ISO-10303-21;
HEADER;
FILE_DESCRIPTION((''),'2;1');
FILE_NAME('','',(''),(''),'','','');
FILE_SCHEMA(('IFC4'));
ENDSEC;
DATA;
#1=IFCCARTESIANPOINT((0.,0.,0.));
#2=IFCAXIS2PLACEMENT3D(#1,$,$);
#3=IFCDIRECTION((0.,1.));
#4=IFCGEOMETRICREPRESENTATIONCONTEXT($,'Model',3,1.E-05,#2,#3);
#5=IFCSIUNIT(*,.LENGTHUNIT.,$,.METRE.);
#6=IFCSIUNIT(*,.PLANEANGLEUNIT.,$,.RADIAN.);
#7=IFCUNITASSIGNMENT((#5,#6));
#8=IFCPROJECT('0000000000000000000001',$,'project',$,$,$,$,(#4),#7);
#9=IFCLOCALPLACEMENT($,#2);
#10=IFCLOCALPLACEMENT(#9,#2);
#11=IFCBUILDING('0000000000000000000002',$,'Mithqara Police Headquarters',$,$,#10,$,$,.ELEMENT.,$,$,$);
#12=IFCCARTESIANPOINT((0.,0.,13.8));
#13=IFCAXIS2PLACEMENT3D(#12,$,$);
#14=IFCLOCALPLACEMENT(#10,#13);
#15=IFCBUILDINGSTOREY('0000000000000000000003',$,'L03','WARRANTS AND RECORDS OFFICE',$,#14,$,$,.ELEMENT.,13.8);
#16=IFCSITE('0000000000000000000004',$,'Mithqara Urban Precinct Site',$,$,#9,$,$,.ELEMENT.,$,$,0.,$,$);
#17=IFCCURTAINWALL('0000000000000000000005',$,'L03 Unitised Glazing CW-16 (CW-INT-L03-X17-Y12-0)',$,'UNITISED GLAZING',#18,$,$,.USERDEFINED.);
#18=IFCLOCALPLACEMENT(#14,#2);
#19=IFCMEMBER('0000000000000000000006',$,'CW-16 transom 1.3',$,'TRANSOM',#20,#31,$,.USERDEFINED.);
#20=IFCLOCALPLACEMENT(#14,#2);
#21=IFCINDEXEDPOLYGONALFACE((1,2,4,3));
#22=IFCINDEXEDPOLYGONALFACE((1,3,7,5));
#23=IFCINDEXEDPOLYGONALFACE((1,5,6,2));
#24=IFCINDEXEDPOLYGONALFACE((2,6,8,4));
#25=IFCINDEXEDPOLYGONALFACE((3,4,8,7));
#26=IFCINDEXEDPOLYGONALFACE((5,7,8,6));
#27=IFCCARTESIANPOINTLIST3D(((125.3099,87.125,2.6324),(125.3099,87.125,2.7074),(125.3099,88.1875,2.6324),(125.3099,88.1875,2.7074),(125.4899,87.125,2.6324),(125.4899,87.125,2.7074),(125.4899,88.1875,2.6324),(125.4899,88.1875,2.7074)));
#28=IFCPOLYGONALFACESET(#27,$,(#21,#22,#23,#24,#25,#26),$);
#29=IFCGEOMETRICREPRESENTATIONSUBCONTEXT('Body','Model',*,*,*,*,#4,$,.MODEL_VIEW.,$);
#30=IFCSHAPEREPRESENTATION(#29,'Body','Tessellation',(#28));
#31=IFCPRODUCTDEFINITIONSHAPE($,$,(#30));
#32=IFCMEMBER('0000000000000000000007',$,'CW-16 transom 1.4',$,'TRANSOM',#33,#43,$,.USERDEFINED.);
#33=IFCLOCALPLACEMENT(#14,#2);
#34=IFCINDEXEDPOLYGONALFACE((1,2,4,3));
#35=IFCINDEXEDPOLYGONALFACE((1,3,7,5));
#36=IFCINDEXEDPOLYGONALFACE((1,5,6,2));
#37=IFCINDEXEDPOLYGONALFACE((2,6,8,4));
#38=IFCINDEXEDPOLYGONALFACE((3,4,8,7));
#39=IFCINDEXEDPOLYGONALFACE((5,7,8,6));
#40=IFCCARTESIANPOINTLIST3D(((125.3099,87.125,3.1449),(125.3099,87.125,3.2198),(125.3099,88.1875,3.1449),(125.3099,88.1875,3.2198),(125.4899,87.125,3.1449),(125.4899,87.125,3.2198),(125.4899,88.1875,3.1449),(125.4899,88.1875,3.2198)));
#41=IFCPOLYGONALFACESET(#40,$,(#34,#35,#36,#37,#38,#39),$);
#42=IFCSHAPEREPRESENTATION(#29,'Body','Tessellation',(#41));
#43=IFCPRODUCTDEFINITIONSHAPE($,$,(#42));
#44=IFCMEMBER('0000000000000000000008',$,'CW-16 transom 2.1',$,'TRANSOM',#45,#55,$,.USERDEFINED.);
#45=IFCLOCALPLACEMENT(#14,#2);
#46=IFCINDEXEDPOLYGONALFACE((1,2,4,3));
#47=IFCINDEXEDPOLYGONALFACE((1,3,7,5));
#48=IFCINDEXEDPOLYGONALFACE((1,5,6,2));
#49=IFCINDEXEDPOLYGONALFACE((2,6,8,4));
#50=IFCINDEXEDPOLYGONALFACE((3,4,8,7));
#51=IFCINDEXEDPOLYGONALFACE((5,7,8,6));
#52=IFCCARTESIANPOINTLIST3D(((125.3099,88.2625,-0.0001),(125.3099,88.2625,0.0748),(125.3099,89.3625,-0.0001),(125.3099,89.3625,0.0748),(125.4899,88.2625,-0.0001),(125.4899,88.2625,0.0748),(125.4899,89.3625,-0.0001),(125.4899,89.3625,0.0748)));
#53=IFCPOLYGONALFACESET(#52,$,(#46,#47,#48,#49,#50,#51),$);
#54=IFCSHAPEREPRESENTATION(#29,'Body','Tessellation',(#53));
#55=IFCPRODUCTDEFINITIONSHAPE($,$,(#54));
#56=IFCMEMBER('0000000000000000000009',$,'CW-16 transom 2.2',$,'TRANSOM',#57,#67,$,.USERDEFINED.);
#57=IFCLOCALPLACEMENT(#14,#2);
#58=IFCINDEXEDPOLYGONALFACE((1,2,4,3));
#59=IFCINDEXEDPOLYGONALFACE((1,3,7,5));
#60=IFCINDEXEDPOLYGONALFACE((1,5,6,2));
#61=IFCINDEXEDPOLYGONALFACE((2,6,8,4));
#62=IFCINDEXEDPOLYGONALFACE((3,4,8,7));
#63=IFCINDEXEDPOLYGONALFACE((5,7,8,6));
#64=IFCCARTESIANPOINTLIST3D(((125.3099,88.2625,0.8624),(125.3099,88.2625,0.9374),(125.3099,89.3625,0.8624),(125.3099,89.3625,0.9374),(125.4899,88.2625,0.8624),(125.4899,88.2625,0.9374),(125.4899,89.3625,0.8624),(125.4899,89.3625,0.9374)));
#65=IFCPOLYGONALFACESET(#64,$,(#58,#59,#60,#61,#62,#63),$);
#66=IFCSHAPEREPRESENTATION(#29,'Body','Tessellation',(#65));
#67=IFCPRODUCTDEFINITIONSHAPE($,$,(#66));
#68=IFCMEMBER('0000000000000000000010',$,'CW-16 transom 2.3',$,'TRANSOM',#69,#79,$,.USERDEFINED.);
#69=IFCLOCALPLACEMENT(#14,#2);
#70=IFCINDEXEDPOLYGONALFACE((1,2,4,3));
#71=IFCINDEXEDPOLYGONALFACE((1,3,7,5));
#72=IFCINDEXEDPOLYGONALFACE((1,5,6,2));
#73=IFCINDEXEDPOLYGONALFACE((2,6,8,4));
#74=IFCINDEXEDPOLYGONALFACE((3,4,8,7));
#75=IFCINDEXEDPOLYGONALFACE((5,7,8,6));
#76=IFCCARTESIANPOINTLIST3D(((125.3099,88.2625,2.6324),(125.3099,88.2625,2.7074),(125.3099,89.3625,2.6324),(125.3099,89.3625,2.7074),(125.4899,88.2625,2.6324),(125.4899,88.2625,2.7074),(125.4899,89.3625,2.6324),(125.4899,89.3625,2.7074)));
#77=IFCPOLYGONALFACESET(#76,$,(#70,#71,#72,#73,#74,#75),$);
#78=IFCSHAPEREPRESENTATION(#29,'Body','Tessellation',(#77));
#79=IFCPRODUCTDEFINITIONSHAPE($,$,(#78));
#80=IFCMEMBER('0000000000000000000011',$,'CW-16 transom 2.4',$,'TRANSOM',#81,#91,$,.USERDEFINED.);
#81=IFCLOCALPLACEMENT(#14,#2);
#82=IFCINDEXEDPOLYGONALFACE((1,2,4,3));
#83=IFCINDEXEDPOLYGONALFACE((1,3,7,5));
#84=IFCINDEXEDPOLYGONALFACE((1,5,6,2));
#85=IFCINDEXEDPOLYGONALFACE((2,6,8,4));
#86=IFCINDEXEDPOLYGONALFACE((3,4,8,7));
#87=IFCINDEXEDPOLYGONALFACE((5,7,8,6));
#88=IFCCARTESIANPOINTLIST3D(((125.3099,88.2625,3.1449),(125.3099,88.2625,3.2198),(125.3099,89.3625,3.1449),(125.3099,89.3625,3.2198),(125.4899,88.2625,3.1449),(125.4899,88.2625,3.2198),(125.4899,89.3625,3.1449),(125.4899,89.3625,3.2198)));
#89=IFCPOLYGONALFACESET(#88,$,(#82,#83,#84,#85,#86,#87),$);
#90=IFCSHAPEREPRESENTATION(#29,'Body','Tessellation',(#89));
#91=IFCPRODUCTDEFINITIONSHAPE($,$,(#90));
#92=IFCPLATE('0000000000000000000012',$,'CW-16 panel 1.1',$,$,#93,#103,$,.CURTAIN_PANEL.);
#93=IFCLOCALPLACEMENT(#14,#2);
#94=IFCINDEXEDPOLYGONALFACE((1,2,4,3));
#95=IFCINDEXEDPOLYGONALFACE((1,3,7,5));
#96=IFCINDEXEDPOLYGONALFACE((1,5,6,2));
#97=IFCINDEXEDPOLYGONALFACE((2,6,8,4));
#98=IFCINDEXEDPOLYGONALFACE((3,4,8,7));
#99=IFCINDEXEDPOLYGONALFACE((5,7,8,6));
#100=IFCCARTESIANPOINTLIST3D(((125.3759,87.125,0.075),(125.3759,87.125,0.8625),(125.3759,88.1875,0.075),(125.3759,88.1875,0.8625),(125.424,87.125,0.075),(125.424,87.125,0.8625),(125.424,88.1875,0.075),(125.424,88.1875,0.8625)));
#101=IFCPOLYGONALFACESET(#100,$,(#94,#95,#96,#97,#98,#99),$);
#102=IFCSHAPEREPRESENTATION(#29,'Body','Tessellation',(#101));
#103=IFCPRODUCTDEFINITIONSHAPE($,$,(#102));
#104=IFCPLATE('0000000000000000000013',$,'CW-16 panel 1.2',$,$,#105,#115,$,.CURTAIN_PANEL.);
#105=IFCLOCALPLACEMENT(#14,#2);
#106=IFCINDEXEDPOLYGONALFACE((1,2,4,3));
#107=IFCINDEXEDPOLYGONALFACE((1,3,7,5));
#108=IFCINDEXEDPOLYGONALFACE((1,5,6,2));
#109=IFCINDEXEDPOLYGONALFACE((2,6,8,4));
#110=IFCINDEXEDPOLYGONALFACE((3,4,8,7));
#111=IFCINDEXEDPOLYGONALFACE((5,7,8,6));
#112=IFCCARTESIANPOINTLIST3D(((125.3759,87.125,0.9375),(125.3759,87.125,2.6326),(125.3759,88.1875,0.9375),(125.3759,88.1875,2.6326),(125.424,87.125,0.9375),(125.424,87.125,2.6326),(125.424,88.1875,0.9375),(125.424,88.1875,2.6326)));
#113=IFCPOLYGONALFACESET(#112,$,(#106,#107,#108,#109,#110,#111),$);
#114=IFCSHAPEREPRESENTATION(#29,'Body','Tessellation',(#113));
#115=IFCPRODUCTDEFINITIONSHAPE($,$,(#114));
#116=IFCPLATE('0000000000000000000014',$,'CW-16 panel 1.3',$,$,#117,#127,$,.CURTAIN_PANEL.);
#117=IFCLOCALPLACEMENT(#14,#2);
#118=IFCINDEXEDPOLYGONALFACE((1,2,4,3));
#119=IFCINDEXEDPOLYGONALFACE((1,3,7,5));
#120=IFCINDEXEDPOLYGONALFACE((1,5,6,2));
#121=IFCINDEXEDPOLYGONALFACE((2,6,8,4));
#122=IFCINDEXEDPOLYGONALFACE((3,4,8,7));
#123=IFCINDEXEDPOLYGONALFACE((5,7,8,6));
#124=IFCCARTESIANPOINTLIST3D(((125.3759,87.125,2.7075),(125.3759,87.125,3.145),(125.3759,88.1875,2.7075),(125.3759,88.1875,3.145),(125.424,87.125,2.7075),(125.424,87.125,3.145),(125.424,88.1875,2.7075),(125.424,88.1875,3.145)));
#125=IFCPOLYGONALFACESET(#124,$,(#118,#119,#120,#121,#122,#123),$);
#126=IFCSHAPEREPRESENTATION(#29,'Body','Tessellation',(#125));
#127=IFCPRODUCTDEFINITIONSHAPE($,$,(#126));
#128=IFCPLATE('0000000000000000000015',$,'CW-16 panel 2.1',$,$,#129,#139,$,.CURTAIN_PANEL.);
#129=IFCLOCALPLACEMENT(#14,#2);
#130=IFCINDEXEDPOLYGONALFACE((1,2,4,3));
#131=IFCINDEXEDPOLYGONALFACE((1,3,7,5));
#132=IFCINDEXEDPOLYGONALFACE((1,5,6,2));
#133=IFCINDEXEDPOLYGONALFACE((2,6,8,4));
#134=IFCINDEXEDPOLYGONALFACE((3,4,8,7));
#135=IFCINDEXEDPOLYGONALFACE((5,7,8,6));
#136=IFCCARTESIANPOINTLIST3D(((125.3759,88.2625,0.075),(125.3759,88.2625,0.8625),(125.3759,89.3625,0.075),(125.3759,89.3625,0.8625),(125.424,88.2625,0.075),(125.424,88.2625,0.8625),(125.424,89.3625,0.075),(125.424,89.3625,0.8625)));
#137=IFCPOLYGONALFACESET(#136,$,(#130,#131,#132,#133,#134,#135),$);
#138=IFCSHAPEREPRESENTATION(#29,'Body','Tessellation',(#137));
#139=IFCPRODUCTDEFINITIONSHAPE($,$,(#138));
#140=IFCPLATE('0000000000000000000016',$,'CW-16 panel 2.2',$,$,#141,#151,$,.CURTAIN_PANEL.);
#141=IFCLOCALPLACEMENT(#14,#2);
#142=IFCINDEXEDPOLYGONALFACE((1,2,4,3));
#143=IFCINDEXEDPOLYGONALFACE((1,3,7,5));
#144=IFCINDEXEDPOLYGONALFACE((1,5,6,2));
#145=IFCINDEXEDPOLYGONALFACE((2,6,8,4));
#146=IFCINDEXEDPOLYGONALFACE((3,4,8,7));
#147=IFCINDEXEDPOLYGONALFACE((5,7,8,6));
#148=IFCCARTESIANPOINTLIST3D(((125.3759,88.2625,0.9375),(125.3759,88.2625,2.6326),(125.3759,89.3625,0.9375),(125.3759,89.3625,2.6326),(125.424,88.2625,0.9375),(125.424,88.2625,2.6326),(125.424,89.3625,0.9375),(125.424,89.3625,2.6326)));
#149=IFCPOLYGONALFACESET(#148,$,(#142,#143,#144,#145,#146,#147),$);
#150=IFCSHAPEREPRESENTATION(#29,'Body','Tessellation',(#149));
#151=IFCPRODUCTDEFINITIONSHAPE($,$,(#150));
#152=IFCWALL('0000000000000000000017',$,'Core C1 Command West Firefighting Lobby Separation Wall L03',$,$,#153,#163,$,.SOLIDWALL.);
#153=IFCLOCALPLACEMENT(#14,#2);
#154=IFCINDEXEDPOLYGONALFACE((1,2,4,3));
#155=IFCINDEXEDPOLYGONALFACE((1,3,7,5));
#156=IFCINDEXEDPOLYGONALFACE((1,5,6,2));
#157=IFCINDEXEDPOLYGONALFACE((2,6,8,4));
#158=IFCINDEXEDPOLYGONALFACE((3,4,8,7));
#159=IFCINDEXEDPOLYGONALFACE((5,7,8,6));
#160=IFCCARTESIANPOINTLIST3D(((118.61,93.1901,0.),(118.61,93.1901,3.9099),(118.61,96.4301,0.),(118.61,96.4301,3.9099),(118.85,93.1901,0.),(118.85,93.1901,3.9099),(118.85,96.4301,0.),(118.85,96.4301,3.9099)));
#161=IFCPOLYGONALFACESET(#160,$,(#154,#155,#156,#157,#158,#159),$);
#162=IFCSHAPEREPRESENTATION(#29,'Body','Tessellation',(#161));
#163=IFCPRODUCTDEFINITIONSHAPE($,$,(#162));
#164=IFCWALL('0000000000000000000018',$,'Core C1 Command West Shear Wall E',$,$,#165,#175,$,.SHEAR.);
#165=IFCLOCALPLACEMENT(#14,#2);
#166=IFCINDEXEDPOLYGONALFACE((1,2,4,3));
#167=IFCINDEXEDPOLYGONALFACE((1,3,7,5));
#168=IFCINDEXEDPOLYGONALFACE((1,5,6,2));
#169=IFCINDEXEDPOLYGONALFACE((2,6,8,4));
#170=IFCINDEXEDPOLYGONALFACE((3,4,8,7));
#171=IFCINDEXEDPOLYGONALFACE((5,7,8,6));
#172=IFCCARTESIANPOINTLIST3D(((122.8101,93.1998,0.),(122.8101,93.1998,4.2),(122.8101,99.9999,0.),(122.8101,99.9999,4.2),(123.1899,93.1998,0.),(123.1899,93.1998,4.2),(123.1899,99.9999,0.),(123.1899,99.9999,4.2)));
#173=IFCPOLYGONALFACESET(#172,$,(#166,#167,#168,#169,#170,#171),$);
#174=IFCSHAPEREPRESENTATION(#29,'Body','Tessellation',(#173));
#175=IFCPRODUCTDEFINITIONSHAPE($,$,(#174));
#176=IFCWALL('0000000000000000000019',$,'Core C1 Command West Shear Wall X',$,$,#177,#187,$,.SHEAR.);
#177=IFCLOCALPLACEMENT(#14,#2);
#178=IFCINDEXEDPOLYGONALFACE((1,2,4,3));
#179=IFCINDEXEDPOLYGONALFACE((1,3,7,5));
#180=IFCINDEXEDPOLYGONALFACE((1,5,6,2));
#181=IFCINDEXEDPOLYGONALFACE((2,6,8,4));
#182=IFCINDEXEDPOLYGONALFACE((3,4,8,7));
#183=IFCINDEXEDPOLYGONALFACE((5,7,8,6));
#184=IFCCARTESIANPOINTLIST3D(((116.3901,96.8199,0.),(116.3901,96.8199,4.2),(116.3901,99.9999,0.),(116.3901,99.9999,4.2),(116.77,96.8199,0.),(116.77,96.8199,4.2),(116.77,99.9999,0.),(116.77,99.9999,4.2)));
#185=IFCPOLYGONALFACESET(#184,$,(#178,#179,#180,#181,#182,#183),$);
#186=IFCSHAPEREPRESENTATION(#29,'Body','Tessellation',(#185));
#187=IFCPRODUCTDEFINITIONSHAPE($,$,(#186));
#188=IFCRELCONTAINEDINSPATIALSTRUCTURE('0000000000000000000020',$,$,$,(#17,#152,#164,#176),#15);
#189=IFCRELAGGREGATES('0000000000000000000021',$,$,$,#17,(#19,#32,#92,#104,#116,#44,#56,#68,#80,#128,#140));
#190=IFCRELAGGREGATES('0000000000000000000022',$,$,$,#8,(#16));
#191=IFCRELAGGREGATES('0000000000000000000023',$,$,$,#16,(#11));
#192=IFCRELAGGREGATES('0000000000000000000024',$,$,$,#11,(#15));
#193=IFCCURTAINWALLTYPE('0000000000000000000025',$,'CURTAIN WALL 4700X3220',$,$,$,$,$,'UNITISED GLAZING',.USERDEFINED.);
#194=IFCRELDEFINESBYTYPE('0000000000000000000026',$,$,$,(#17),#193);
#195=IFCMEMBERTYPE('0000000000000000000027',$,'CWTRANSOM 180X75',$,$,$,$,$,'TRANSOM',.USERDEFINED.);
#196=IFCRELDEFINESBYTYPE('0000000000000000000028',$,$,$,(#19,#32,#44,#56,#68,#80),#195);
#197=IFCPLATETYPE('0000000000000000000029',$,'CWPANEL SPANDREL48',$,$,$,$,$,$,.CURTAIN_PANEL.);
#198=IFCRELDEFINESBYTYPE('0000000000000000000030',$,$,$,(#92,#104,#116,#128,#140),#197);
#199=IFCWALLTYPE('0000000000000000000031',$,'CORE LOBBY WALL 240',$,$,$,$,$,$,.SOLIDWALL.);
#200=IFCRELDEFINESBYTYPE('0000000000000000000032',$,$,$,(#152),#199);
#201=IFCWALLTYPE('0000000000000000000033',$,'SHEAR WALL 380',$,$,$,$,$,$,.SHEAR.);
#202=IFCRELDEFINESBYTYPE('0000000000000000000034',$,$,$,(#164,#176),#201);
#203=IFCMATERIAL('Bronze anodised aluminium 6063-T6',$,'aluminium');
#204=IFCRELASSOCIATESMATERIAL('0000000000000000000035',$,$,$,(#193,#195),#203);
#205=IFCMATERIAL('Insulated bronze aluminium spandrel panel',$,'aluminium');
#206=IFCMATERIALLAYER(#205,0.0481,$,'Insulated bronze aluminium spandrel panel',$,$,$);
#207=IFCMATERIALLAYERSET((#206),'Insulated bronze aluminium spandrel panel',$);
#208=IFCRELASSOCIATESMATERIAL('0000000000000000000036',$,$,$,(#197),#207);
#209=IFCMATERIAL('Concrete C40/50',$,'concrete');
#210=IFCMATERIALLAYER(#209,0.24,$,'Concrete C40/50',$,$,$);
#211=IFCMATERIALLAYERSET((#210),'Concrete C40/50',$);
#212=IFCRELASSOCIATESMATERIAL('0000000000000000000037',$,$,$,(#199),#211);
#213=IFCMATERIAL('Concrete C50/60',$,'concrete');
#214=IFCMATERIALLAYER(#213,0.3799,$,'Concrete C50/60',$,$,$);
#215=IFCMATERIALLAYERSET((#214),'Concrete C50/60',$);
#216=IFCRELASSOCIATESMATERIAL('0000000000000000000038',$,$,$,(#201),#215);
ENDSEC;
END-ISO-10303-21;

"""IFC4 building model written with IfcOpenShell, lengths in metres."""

from ifc_helpers import new_model, si_unit, direction, frame, frame_2d, origin, origin_2d, place, context, subcontext, project, spatial, rectangle, extrude, material, layer, layer_set, material_profile, profile_set, type_object, element, aggregate, save


model = new_model("IFC4")

# Units and contexts
model_context = context("Model", 3, precision=1e-05, world=origin(), true_north=direction((0.0, 1.0)))
body_context = subcontext(model_context, "Body", "Model", "MODEL_VIEW")
ifc_project = project(units=[si_unit("LENGTHUNIT", "METRE"), si_unit("PLANEANGLEUNIT", "RADIAN")], contexts=[model_context])

# Site, building, storey
site_placement = place(None, origin())
site = spatial("IfcSite", under=ifc_project, at=site_placement, Name="Mithqara Urban Precinct Site", CompositionType="ELEMENT", RefElevation=0.0)
building_placement = place(site_placement, origin())
building = spatial("IfcBuilding", under=site, at=building_placement, Name="Mithqara Police Headquarters", CompositionType="ELEMENT")
storey_placement = place(building_placement, frame((0.0, 0.0, 13.8)))
storey = spatial("IfcBuildingStorey", under=building, at=storey_placement, Name="L03", Description="WARRANTS AND RECORDS OFFICE", CompositionType="ELEMENT", Elevation=13.8)

# Shared definitions
ifc_material_1 = material(Name="Concrete C40/50", Category="concrete")
ifc_material_2 = material(Name="Concrete C50/60", Category="concrete")

# Curtain wall, members, plates
ifc_material_3 = material(Name="Bronze anodised aluminium 6063-T6", Category="aluminium")
curtain_wall_type = type_object("IfcCurtainWallType", Name="CURTAIN WALL 4700X3220", ElementType="UNITISED GLAZING", PredefinedType="USERDEFINED", material=ifc_material_3)
curtain_wall_placement = place(storey_placement, origin())
curtain_wall = element("IfcCurtainWall", 1, at=curtain_wall_placement, inside=storey, type_object=curtain_wall_type, Name="L03 Unitised Glazing CW-16 (CW-INT-L03-X17-Y12-0)", ObjectType="UNITISED GLAZING", PredefinedType="USERDEFINED")
ifc_material_profile_1 = material_profile(ifc_material_3, rectangle(XDim=0.1799, YDim=0.075, at=origin_2d()), Name="CWT 180x75")
ifc_profile_set_1 = profile_set([ifc_material_profile_1], Name="Bronze anodised aluminium 6063-T6")
member_type_1 = type_object("IfcMemberType", Name="CWTRANSOM 180X75", ElementType="TRANSOM", PredefinedType="USERDEFINED", material=ifc_profile_set_1)
member_1_placement = place(storey_placement, frame((125.3999, 87.125, 2.6699), z_axis=(0.0, 1.0, 0.0), x_axis=(-1.0, 0.0, 0.0)))
member_1 = element("IfcMember", 2, at=member_1_placement, type_object=member_type_1, Name="CW-16 transom 1.3", ObjectType="TRANSOM", PredefinedType="USERDEFINED", context=body_context, shape_type="SweptSolid", body=[
    extrude(rectangle(XDim=0.1799, YDim=0.075, at=origin_2d()), origin(), (0.0, 0.0, 1.0), 1.0625),
])
member_2_placement = place(storey_placement, frame((125.3999, 87.125, 3.1824), z_axis=(0.0, 1.0, 0.0), x_axis=(-1.0, 0.0, 0.0)))
member_2 = element("IfcMember", 3, at=member_2_placement, type_object=member_type_1, Name="CW-16 transom 1.4", ObjectType="TRANSOM", PredefinedType="USERDEFINED", context=body_context, shape_type="SweptSolid", body=[
    extrude(rectangle(XDim=0.1799, YDim=0.075, at=origin_2d()), origin(), (0.0, 0.0, 1.0), 1.0625),
])
member_3_placement = place(storey_placement, frame((125.3999, 88.2625, 0.0374), z_axis=(0.0, 1.0, 0.0), x_axis=(-1.0, 0.0, 0.0)))
member_3 = element("IfcMember", 4, at=member_3_placement, type_object=member_type_1, Name="CW-16 transom 2.1", ObjectType="TRANSOM", PredefinedType="USERDEFINED", context=body_context, shape_type="SweptSolid", body=[
    extrude(rectangle(XDim=0.1799, YDim=0.075, at=origin_2d()), origin(), (0.0, 0.0, 1.0), 1.1001),
])
member_4_placement = place(storey_placement, frame((125.3999, 88.2625, 0.8999), z_axis=(0.0, 1.0, 0.0), x_axis=(-1.0, 0.0, 0.0)))
member_4 = element("IfcMember", 5, at=member_4_placement, type_object=member_type_1, Name="CW-16 transom 2.2", ObjectType="TRANSOM", PredefinedType="USERDEFINED", context=body_context, shape_type="SweptSolid", body=[
    extrude(rectangle(XDim=0.1799, YDim=0.075, at=origin_2d()), origin(), (0.0, 0.0, 1.0), 1.1001),
])
member_5_placement = place(storey_placement, frame((125.3999, 88.2625, 2.6699), z_axis=(0.0, 1.0, 0.0), x_axis=(-1.0, 0.0, 0.0)))
member_5 = element("IfcMember", 6, at=member_5_placement, type_object=member_type_1, Name="CW-16 transom 2.3", ObjectType="TRANSOM", PredefinedType="USERDEFINED", context=body_context, shape_type="SweptSolid", body=[
    extrude(rectangle(XDim=0.1799, YDim=0.075, at=origin_2d()), origin(), (0.0, 0.0, 1.0), 1.1001),
])
member_6_placement = place(storey_placement, frame((125.3999, 88.2625, 3.1824), z_axis=(0.0, 1.0, 0.0), x_axis=(-1.0, 0.0, 0.0)))
member_6 = element("IfcMember", 7, at=member_6_placement, type_object=member_type_1, Name="CW-16 transom 2.4", ObjectType="TRANSOM", PredefinedType="USERDEFINED", context=body_context, shape_type="SweptSolid", body=[
    extrude(rectangle(XDim=0.1799, YDim=0.075, at=origin_2d()), origin(), (0.0, 0.0, 1.0), 1.1001),
])
ifc_material_4 = material(Name="Insulated bronze aluminium spandrel panel", Category="aluminium")
ifc_layer_1 = layer(ifc_material_4, 0.0481, Name="Insulated bronze aluminium spandrel panel")
ifc_layer_set_1 = layer_set([ifc_layer_1], Name="Insulated bronze aluminium spandrel panel")
plate_type = type_object("IfcPlateType", Name="CWPANEL SPANDREL48", PredefinedType="CURTAIN_PANEL", material=ifc_layer_set_1)
plate_1_placement = place(storey_placement, frame((125.3999, 87.6562, 0.075), z_axis=(0.0, 0.0, 1.0), x_axis=(0.0, 1.0, 0.0)))
plate_1 = element("IfcPlate", 8, at=plate_1_placement, type_object=plate_type, Name="CW-16 panel 1.1", PredefinedType="CURTAIN_PANEL", context=body_context, shape_type="SweptSolid", body=[
    extrude(rectangle(XDim=1.0625, YDim=0.0481, at=origin_2d()), origin(), (0.0, 0.0, 1.0), 0.7876),
])
plate_2_placement = place(storey_placement, frame((125.3999, 87.6562, 0.9375), z_axis=(0.0, 0.0, 1.0), x_axis=(0.0, 1.0, 0.0)))
plate_2 = element("IfcPlate", 9, at=plate_2_placement, type_object=plate_type, Name="CW-16 panel 1.2", PredefinedType="CURTAIN_PANEL", context=body_context, shape_type="SweptSolid", body=[
    extrude(rectangle(XDim=1.0625, YDim=0.0481, at=origin_2d()), origin(), (0.0, 0.0, 1.0), 1.6951),
])
plate_3_placement = place(storey_placement, frame((125.3999, 87.6562, 2.7075), z_axis=(0.0, 0.0, 1.0), x_axis=(0.0, 1.0, 0.0)))
plate_3 = element("IfcPlate", 10, at=plate_3_placement, type_object=plate_type, Name="CW-16 panel 1.3", PredefinedType="CURTAIN_PANEL", context=body_context, shape_type="SweptSolid", body=[
    extrude(rectangle(XDim=1.0625, YDim=0.0481, at=origin_2d()), origin(), (0.0, 0.0, 1.0), 0.4375),
])
plate_4_placement = place(storey_placement, frame((125.3999, 88.8125, 0.075), z_axis=(0.0, 0.0, 1.0), x_axis=(0.0, 1.0, 0.0)))
plate_4 = element("IfcPlate", 11, at=plate_4_placement, type_object=plate_type, Name="CW-16 panel 2.1", PredefinedType="CURTAIN_PANEL", context=body_context, shape_type="SweptSolid", body=[
    extrude(rectangle(XDim=1.1001, YDim=0.0481, at=origin_2d()), origin(), (0.0, 0.0, 1.0), 0.7876),
])
plate_5_placement = place(storey_placement, frame((125.3999, 88.8125, 0.9375), z_axis=(0.0, 0.0, 1.0), x_axis=(0.0, 1.0, 0.0)))
plate_5 = element("IfcPlate", 12, at=plate_5_placement, type_object=plate_type, Name="CW-16 panel 2.2", PredefinedType="CURTAIN_PANEL", context=body_context, shape_type="SweptSolid", body=[
    extrude(rectangle(XDim=1.1001, YDim=0.0481, at=origin_2d()), origin(), (0.0, 0.0, 1.0), 1.6951),
])
aggregate(curtain_wall, [member_1, member_2, plate_1, plate_2, plate_3, member_3, member_4, member_5, member_6, plate_4, plate_5])

# Walls
ifc_layer_2 = layer(ifc_material_1, 0.24, Name="Concrete C40/50")
ifc_layer_set_2 = layer_set([ifc_layer_2], Name="Concrete C40/50")
wall_type_1 = type_object("IfcWallType", Name="CORE LOBBY WALL 240", PredefinedType="SOLIDWALL", material=ifc_layer_set_2)
wall_1_placement = place(storey_placement, frame((118.73, 93.1899, 0.0), z_axis=(0.0, 0.0, 1.0), x_axis=(0.0, 1.0, 0.0)))
element("IfcWall", 13, at=wall_1_placement, inside=storey, type_object=wall_type_1, Name="Core C1 Command West Firefighting Lobby Separation Wall L03", PredefinedType="SOLIDWALL", context=body_context, shape_type="SweptSolid", body=[
    extrude(rectangle(XDim=3.24, YDim=0.24, at=frame_2d((1.6201, 0.0))), origin(), (0.0, 0.0, 1.0), 3.9099),
])
ifc_layer_3 = layer(ifc_material_2, 0.3799, Name="Concrete C50/60")
ifc_layer_set_3 = layer_set([ifc_layer_3], Name="Concrete C50/60")
wall_type_2 = type_object("IfcWallType", Name="SHEAR WALL 380", PredefinedType="SHEAR", material=ifc_layer_set_3)
wall_2_placement = place(storey_placement, frame((123.0, 93.2, 0.0), z_axis=(0.0, 0.0, 1.0), x_axis=(0.0, 1.0, 0.0)))
element("IfcWall", 14, at=wall_2_placement, inside=storey, type_object=wall_type_2, Name="Core C1 Command West Shear Wall E", PredefinedType="SHEAR", context=body_context, shape_type="SweptSolid", body=[
    extrude(rectangle(XDim=6.8, YDim=0.3799, at=frame_2d((3.3999, 0.0))), origin(), (0.0, 0.0, 1.0), 4.2),
])
for number, where, z_axis, x_axis, name in (
    (15, (116.5801, 96.8201, 0.0), (0.0, 0.0, 1.0), (0.0, 1.0, 0.0), "Core C1 Command West Shear Wall X"),
):
    element("IfcWall", number, at=place(storey_placement, frame(where, z_axis=z_axis, x_axis=x_axis)), inside=storey, type_object=wall_type_2, Name=name, PredefinedType="SHEAR", context=body_context, shape_type="SweptSolid", body=[
        extrude(rectangle(XDim=3.1799, YDim=0.3799, at=frame_2d((1.5898, 0.0))), origin(), (0.0, 0.0, 1.0), 4.2),
    ])

save(model, "model.ifc")
